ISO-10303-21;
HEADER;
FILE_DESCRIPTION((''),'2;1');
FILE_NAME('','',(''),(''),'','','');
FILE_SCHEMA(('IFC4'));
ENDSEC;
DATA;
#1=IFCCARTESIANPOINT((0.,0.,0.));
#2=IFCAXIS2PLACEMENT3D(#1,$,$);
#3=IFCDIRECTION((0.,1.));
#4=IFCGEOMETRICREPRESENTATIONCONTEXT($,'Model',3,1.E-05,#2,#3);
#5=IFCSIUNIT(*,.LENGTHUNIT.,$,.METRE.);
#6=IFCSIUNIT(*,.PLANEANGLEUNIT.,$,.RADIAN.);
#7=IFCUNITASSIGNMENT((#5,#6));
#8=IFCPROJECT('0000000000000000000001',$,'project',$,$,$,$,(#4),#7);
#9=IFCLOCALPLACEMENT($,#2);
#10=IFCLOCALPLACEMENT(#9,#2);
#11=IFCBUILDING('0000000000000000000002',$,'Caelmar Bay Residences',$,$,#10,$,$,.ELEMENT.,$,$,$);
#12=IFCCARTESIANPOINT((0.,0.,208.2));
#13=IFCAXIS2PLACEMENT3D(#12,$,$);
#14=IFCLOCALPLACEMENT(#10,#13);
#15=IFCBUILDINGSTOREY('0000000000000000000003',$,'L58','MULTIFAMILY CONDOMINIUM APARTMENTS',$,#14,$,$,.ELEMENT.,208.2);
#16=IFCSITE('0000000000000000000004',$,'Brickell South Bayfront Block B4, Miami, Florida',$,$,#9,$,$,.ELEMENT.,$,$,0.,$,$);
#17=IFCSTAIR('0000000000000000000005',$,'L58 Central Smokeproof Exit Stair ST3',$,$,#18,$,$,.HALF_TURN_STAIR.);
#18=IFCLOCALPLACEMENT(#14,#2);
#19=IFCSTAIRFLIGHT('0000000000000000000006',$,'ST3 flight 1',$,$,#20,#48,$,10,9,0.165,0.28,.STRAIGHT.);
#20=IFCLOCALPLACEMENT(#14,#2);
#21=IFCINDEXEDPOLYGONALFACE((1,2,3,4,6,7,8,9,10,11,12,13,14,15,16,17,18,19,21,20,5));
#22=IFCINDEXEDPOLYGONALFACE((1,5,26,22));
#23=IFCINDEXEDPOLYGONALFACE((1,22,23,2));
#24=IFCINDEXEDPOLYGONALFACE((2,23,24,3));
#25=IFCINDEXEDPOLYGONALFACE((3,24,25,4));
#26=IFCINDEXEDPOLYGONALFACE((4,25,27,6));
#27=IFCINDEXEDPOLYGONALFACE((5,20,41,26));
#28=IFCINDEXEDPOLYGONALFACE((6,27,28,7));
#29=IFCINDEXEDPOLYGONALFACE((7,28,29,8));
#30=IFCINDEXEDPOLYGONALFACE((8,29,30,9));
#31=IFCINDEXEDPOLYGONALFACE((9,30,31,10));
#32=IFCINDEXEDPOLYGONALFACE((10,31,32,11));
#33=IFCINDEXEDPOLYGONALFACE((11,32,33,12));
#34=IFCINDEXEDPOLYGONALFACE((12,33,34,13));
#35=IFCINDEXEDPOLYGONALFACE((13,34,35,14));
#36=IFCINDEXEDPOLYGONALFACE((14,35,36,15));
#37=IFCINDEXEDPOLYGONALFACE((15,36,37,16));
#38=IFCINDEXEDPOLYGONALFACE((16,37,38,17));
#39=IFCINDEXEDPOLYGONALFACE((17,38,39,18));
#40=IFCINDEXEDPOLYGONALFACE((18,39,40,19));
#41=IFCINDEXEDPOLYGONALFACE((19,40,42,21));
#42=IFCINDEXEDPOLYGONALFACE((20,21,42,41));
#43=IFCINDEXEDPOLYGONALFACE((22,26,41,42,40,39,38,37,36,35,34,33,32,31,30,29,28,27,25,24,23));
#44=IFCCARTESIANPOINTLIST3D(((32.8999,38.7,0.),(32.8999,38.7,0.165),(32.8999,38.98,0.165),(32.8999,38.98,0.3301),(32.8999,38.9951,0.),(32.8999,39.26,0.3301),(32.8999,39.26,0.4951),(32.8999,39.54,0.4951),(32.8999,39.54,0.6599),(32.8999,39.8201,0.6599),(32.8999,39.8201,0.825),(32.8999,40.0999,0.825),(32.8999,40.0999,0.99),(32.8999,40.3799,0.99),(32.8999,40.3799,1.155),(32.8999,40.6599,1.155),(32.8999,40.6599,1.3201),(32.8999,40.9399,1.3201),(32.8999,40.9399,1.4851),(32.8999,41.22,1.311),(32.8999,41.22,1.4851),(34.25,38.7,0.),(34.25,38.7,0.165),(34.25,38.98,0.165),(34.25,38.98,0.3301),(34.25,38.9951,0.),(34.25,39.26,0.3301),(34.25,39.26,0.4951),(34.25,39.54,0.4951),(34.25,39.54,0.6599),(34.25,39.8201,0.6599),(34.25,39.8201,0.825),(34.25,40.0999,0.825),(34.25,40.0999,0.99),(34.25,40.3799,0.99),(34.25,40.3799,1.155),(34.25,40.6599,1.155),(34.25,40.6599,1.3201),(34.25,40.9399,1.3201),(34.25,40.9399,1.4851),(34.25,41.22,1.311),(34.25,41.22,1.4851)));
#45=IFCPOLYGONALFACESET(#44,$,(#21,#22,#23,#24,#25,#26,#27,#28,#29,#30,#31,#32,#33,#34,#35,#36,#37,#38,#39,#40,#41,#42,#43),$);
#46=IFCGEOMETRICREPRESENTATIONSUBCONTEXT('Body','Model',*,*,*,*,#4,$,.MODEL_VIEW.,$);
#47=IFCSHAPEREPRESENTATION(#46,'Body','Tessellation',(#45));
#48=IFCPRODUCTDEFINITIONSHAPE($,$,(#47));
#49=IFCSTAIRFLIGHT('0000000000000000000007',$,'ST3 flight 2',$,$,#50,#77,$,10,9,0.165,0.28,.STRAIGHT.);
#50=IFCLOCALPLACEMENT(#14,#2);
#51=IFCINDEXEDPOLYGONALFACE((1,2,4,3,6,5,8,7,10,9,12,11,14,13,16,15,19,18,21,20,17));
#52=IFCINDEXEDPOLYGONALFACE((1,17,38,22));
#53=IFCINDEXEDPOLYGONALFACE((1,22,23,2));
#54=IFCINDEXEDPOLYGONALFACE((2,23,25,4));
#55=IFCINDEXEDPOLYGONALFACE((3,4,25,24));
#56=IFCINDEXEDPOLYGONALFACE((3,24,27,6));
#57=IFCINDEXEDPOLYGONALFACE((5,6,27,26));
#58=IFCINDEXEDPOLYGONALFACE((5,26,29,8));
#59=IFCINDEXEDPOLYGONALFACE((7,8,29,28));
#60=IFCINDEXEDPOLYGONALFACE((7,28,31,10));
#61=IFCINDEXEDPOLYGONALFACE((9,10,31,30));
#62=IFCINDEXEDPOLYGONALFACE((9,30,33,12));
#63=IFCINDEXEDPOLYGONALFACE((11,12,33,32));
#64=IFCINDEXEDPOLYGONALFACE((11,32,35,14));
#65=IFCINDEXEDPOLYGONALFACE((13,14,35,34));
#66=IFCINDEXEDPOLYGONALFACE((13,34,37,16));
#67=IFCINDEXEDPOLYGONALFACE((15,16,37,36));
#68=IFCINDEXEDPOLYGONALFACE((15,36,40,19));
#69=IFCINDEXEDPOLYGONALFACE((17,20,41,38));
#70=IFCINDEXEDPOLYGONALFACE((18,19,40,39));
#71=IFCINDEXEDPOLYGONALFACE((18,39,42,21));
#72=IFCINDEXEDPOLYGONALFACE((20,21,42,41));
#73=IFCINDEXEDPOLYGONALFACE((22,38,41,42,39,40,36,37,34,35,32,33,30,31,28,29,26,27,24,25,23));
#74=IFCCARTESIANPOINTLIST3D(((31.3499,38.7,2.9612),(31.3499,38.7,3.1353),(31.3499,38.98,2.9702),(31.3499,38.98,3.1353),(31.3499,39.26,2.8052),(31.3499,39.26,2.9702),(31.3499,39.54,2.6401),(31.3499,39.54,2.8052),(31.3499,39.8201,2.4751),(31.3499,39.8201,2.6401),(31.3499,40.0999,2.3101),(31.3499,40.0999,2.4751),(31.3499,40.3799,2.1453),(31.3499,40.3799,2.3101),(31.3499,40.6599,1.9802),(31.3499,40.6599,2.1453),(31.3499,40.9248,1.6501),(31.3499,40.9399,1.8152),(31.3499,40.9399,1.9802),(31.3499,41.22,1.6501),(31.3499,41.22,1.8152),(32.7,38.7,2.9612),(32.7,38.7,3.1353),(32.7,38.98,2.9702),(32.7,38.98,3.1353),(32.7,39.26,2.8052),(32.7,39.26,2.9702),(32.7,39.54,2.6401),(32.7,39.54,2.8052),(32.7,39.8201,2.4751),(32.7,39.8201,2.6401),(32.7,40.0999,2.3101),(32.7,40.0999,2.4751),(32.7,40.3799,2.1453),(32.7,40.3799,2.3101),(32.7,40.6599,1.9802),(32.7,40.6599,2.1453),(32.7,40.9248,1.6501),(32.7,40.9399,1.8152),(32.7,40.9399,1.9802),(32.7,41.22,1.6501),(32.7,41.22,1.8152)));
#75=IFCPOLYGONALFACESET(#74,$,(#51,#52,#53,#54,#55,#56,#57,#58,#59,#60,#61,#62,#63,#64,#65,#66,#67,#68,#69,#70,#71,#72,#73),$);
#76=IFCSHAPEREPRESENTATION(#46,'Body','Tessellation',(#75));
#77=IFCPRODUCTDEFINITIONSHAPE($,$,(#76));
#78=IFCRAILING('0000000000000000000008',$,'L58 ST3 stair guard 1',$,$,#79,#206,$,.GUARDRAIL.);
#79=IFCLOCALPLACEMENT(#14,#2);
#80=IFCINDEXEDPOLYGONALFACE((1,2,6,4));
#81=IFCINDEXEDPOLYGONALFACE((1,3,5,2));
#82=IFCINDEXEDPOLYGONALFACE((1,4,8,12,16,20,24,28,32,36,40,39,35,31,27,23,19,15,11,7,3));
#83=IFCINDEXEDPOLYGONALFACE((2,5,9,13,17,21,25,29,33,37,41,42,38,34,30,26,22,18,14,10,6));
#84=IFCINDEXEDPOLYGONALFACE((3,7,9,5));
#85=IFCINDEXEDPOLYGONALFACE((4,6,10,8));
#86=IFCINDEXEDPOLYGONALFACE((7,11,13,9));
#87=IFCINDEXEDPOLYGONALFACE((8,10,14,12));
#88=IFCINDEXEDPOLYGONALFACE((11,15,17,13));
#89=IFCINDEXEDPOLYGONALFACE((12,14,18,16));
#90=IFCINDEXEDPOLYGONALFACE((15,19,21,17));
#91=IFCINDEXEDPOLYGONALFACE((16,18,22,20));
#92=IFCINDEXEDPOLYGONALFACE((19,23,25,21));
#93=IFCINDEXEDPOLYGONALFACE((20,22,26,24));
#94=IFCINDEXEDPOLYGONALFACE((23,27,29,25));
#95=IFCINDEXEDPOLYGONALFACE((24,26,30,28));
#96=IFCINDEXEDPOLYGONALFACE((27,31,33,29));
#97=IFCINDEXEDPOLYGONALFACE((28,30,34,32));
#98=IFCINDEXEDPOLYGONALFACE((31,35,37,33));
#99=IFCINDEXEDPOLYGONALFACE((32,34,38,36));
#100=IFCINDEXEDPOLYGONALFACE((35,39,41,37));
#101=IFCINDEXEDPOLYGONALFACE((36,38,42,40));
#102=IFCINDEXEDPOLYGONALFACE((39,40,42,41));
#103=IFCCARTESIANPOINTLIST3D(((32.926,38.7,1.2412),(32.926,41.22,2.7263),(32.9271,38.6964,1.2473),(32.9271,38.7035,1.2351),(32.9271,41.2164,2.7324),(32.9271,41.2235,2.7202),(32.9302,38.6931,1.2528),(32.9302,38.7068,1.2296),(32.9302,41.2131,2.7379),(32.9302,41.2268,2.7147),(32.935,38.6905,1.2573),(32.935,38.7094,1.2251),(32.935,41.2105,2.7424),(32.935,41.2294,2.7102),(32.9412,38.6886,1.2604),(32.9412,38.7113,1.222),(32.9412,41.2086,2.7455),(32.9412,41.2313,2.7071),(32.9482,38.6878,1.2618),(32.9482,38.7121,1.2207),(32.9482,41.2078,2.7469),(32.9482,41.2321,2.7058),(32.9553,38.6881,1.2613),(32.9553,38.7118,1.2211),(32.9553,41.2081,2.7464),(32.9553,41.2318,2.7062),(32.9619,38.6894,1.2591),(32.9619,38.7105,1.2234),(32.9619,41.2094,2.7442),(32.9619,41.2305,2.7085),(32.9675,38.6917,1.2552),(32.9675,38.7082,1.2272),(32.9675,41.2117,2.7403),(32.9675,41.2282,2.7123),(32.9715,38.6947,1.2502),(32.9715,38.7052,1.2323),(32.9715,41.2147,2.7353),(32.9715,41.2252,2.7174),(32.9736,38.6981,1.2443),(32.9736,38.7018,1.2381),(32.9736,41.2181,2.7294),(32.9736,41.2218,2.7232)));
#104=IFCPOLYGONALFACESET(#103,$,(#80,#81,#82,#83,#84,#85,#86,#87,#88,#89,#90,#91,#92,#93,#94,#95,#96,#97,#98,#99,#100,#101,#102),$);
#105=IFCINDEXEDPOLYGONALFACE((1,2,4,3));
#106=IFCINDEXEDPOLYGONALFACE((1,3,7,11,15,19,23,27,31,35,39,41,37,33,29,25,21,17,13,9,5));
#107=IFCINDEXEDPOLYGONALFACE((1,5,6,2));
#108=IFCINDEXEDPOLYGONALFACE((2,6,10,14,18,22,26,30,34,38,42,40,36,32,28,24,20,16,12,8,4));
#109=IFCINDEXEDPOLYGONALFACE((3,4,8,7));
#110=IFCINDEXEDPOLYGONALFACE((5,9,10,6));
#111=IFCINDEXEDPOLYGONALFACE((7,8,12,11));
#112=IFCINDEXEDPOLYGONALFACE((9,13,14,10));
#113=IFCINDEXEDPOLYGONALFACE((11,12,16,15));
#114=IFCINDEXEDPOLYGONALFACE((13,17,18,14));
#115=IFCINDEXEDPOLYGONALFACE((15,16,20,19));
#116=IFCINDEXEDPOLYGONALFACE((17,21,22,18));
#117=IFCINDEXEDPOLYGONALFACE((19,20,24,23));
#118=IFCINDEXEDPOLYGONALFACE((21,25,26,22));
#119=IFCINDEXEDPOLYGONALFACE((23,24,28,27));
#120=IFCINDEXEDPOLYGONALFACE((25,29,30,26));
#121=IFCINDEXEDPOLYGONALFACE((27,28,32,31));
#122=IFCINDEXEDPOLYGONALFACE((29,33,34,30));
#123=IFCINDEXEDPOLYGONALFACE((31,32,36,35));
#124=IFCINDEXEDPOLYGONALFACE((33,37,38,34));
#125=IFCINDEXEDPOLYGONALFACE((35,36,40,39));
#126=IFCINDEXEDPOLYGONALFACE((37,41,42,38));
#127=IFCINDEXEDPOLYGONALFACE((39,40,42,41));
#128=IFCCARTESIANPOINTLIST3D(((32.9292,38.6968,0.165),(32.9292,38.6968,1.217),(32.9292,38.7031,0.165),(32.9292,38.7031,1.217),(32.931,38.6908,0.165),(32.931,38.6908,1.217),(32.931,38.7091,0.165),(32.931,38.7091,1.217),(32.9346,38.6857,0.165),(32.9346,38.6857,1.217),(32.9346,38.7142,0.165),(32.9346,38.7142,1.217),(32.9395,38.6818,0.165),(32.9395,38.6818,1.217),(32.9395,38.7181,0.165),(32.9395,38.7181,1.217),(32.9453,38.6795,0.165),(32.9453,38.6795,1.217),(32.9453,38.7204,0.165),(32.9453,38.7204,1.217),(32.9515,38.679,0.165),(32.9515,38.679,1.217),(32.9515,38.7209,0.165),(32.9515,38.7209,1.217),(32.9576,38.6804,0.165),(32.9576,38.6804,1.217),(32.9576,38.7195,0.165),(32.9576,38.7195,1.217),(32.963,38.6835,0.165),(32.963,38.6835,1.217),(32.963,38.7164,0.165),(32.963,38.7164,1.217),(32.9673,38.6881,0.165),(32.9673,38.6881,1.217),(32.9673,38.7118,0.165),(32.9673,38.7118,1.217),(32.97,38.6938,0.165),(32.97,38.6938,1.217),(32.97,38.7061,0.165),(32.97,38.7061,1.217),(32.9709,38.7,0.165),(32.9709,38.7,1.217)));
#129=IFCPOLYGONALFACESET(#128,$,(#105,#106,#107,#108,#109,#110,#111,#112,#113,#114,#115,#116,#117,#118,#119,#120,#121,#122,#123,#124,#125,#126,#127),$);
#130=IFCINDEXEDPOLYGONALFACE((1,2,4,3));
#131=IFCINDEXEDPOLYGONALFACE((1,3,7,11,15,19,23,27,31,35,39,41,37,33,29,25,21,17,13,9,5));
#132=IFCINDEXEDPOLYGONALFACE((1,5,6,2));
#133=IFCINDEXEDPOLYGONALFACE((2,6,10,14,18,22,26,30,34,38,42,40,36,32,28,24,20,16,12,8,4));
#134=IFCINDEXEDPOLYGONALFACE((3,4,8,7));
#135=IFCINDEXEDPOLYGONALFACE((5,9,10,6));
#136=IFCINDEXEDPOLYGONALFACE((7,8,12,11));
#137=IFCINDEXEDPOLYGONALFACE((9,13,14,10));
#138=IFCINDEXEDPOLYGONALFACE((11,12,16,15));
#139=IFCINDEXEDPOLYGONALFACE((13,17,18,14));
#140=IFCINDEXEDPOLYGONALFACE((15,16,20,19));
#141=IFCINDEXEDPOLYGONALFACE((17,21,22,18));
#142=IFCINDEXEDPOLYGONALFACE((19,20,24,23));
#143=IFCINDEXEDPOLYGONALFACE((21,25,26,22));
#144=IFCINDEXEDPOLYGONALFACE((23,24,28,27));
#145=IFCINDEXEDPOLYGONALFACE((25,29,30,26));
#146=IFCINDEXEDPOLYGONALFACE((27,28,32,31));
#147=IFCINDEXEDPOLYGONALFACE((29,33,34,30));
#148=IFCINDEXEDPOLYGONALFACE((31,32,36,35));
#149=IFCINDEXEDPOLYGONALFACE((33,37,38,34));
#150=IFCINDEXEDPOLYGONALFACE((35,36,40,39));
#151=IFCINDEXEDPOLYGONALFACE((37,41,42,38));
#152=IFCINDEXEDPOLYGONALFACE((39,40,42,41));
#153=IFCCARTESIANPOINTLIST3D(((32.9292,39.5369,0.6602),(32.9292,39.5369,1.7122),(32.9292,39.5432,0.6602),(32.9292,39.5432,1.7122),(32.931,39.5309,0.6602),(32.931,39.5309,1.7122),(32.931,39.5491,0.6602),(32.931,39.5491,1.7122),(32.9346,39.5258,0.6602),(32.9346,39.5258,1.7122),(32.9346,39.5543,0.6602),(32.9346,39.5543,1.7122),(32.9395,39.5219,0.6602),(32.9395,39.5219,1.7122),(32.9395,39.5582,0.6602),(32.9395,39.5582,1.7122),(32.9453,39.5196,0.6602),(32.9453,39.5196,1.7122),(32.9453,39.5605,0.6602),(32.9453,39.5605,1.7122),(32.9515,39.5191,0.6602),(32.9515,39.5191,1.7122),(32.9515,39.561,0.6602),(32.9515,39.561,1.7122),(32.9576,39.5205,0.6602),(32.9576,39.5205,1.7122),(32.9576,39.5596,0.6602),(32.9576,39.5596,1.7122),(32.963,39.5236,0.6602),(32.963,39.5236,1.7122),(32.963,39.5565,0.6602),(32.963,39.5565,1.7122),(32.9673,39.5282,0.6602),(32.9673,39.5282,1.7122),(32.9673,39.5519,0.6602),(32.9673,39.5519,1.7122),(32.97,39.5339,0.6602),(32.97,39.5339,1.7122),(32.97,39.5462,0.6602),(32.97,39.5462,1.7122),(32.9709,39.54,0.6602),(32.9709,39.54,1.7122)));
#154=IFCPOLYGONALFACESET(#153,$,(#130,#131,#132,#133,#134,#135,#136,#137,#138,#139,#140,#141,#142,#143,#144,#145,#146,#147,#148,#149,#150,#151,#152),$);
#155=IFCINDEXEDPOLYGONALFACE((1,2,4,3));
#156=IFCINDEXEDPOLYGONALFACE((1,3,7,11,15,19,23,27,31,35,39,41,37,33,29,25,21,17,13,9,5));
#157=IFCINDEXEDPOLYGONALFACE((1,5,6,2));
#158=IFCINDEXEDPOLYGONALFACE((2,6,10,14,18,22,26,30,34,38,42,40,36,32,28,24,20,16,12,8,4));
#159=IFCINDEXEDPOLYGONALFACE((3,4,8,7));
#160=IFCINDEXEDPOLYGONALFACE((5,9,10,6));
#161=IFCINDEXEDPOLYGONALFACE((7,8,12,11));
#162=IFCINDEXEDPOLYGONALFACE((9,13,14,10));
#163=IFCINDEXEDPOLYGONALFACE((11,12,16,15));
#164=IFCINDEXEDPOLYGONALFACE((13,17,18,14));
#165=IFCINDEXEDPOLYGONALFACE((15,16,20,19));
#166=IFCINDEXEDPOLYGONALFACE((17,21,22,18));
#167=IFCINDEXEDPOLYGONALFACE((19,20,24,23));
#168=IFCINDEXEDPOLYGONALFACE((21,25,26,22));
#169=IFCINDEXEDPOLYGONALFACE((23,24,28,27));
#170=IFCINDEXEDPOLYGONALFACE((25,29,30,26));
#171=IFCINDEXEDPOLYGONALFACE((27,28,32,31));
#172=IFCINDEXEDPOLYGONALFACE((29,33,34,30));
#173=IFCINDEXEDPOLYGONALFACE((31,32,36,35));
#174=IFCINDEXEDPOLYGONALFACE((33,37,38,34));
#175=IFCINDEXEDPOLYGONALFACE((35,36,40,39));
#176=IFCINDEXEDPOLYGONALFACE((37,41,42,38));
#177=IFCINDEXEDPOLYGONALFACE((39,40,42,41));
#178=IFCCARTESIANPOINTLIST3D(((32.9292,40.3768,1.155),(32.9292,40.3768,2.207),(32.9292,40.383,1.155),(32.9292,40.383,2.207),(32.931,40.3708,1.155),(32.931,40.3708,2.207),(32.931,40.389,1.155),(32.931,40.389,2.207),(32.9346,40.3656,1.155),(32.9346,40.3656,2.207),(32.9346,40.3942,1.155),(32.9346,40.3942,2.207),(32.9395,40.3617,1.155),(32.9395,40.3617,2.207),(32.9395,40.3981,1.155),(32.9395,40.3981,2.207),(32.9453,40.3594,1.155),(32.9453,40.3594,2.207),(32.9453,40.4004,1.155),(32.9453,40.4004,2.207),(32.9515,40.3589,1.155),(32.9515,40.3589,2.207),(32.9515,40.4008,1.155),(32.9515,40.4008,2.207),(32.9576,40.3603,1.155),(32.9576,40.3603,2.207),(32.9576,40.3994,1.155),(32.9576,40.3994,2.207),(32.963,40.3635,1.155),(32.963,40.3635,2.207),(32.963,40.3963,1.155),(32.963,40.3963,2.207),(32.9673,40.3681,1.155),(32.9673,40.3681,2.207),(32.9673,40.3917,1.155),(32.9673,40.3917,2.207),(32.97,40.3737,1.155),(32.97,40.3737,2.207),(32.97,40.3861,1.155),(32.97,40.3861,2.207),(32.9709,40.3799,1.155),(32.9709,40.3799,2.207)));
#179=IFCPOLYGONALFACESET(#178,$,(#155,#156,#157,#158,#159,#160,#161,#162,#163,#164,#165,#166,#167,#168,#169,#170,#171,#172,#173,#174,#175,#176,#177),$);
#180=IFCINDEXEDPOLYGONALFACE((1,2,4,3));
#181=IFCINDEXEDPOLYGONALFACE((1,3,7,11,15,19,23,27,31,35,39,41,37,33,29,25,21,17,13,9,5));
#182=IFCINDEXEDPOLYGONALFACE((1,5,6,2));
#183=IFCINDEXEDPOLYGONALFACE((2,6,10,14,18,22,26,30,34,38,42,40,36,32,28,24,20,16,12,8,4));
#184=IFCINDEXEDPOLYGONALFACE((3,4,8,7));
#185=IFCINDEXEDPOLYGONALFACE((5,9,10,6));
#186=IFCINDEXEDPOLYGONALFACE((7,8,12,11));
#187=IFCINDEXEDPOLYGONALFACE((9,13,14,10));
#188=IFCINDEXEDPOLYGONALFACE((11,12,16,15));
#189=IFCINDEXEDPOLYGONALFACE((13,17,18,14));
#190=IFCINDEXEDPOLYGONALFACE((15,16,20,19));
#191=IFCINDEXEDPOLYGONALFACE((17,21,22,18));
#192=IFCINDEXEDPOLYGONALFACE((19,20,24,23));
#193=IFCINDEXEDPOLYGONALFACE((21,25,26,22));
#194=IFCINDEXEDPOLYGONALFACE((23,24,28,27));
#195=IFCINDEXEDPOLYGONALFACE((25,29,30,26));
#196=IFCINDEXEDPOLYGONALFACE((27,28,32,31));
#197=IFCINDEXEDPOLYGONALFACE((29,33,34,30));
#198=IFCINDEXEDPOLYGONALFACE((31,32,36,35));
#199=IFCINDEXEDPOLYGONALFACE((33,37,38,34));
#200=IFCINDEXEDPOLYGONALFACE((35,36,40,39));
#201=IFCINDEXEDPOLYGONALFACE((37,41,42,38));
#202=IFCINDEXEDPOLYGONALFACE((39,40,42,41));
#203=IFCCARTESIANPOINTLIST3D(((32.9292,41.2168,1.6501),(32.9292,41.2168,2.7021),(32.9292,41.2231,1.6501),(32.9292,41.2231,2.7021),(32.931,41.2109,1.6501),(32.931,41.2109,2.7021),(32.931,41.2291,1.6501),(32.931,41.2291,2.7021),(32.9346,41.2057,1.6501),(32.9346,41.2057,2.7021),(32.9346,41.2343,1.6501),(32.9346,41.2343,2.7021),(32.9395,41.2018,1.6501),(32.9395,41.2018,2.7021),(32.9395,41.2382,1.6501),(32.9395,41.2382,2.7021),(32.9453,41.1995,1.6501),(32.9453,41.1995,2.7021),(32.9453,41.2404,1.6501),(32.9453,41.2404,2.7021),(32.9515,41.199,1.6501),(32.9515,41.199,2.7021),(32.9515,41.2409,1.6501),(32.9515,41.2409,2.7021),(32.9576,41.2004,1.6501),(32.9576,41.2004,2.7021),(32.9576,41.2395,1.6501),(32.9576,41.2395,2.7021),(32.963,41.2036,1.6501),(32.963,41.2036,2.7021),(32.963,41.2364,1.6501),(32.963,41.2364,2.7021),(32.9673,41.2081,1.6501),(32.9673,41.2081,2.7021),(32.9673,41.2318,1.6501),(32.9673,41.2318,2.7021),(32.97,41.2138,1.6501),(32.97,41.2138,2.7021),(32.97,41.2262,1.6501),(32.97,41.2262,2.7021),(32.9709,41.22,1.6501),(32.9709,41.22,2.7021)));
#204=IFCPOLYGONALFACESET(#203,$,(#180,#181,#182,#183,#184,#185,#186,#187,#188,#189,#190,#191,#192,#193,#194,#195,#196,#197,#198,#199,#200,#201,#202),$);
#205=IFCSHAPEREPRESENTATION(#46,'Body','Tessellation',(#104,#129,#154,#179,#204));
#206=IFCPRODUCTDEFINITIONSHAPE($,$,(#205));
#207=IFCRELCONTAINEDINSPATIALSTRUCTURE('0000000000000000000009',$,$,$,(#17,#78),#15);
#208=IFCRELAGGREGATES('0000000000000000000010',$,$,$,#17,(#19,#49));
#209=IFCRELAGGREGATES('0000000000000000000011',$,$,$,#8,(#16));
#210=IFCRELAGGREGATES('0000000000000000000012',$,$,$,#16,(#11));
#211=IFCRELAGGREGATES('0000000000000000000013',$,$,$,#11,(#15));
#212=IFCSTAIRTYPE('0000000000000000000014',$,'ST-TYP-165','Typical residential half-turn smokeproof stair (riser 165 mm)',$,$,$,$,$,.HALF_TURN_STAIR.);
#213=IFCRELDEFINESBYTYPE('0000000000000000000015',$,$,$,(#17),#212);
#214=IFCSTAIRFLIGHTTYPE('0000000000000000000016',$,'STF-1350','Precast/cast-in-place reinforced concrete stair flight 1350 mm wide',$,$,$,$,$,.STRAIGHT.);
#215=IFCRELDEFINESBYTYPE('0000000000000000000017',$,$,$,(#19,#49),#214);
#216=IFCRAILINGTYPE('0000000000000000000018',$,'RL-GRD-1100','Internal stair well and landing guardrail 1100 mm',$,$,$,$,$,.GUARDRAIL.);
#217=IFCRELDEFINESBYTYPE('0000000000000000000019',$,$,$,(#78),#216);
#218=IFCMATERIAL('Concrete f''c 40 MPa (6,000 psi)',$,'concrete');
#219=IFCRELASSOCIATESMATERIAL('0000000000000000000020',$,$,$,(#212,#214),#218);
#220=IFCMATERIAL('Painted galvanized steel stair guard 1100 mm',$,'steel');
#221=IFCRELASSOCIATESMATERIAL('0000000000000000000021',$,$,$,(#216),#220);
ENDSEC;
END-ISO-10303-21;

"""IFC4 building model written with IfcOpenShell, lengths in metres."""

from ifc_helpers import new_model, si_unit, direction, frame, origin, origin_2d, place, context, subcontext, project, spatial, polyline, circle, outline, extrude, material, type_object, element, aggregate, save


model = new_model("IFC4")

# Units and contexts
model_context = context("Model", 3, precision=1e-05, world=origin(), true_north=direction((0.0, 1.0)))
body_context = subcontext(model_context, "Body", "Model", "MODEL_VIEW")
ifc_project = project(units=[si_unit("LENGTHUNIT", "METRE"), si_unit("PLANEANGLEUNIT", "RADIAN")], contexts=[model_context])

# Site, building, storey
site_placement = place(None, origin())
site = spatial("IfcSite", under=ifc_project, at=site_placement, Name="Brickell South Bayfront Block B4, Miami, Florida", CompositionType="ELEMENT", RefElevation=0.0)
building_placement = place(site_placement, origin())
building = spatial("IfcBuilding", under=site, at=building_placement, Name="Caelmar Bay Residences", CompositionType="ELEMENT")
storey_placement = place(building_placement, frame((0.0, 0.0, 208.2)))
storey = spatial("IfcBuildingStorey", under=building, at=storey_placement, Name="L58", Description="MULTIFAMILY CONDOMINIUM APARTMENTS", CompositionType="ELEMENT", Elevation=208.2)

# Stair, stair flights
ifc_material_1 = material(Name="Concrete f'c 40 MPa (6,000 psi)", Category="concrete")
stair_type = type_object("IfcStairType", Name="ST-TYP-165", Description="Typical residential half-turn smokeproof stair (riser 165 mm)", PredefinedType="HALF_TURN_STAIR", material=ifc_material_1)
stair_placement = place(storey_placement, origin())
stair = element("IfcStair", 1, at=stair_placement, inside=storey, type_object=stair_type, Name="L58 Central Smokeproof Exit Stair ST3", PredefinedType="HALF_TURN_STAIR")
stair_flight_type = type_object("IfcStairFlightType", Name="STF-1350", Description="Precast/cast-in-place reinforced concrete stair flight 1350 mm wide", PredefinedType="STRAIGHT", material=ifc_material_1)
stair_flight_1_placement = place(storey_placement, frame((33.575, 38.7, 0.0), z_axis=(0.0, 0.0, 1.0), x_axis=(0.0, 1.0, 0.0)))
stair_flight_1 = element("IfcStairFlight", 2, at=stair_flight_1_placement, type_object=stair_flight_type, Name="ST3 flight 1", NumberOfRisers=10, NumberOfTreads=9, PredefinedType="STRAIGHT", RiserHeight=0.165, TreadLength=0.28, context=body_context, shape_type="SweptSolid", body=[
    extrude(outline(polyline([(0.0, 0.0), (0.0, 0.165), (0.28, 0.165), (0.28, 0.3301), (0.5601, 0.3301), (0.5601, 0.4951), (0.8401, 0.4951), (0.8401, 0.6599), (1.1201, 0.6599), (1.1201, 0.825), (1.3999, 0.825), (1.3999, 0.99), (1.6799, 0.99), (1.6799, 1.155), (1.96, 1.155), (1.96, 1.3201), (2.24, 1.3201), (2.24, 1.4851), (2.52, 1.4851), (2.52, 1.6499), (2.52, 1.311), (0.2952, 0.0), (0.0, 0.0)])), frame((0.0, 0.675, 0.0), z_axis=(0.0, -1.0, 0.0), x_axis=(1.0, 0.0, 0.0)), (0.0, 0.0, 1.0), 1.3501),
])
stair_flight_2_placement = place(storey_placement, frame((32.0249, 41.22, 1.6501), z_axis=(0.0, 0.0, 1.0), x_axis=(0.0, -1.0, 0.0)))
stair_flight_2 = element("IfcStairFlight", 3, at=stair_flight_2_placement, type_object=stair_flight_type, Name="ST3 flight 2", NumberOfRisers=10, NumberOfTreads=9, PredefinedType="STRAIGHT", RiserHeight=0.165, TreadLength=0.28, context=body_context, shape_type="SweptSolid", body=[
    extrude(outline(polyline([(0.0, 0.0), (0.0, 0.165), (0.28, 0.165), (0.28, 0.3301), (0.5601, 0.3301), (0.5601, 0.4951), (0.8401, 0.4951), (0.8401, 0.6599), (1.1201, 0.6599), (1.1201, 0.825), (1.3999, 0.825), (1.3999, 0.99), (1.6799, 0.99), (1.6799, 1.155), (1.96, 1.155), (1.96, 1.3201), (2.24, 1.3201), (2.24, 1.4851), (2.52, 1.4851), (2.52, 1.6499), (2.52, 1.311), (0.2952, 0.0), (0.0, 0.0)])), frame((0.0, 0.675, 0.0), z_axis=(0.0, -1.0, 0.0), x_axis=(1.0, 0.0, 0.0)), (0.0, 0.0, 1.0), 1.3501),
])
aggregate(stair, [stair_flight_1, stair_flight_2])

# Railing
ifc_material_2 = material(Name="Painted galvanized steel stair guard 1100 mm", Category="steel")
railing_type_1 = type_object("IfcRailingType", Name="RL-GRD-1100", Description="Internal stair well and landing guardrail 1100 mm", PredefinedType="GUARDRAIL", material=ifc_material_2)
railing_1_placement = place(storey_placement, frame((32.95, 38.7, 0.165)))
element("IfcRailing", 4, at=railing_1_placement, inside=storey, type_object=railing_type_1, Name="L58 ST3 stair guard 1", PredefinedType="GUARDRAIL", context=body_context, shape_type="SweptSolid", body=[
    extrude(circle(Radius=0.0239, at=origin_2d()), frame((0.0, 0.0, 1.0762), z_axis=(0.0, 0.861524, 0.507717), x_axis=(-1.0, 0.0, 0.0)), (0.0, 0.0, 1.0), 2.925),
    extrude(circle(Radius=0.021, at=origin_2d()), origin(), (0.0, 0.0, 1.0), 1.052),
    extrude(circle(Radius=0.021, at=origin_2d()), frame((0.0, 0.8401, 0.4951)), (0.0, 0.0, 1.0), 1.052),
    extrude(circle(Radius=0.021, at=origin_2d()), frame((0.0, 1.6799, 0.99)), (0.0, 0.0, 1.0), 1.052),
    extrude(circle(Radius=0.021, at=origin_2d()), frame((0.0, 2.52, 1.4851)), (0.0, 0.0, 1.0), 1.052),
])

save(model, "model.ifc")
